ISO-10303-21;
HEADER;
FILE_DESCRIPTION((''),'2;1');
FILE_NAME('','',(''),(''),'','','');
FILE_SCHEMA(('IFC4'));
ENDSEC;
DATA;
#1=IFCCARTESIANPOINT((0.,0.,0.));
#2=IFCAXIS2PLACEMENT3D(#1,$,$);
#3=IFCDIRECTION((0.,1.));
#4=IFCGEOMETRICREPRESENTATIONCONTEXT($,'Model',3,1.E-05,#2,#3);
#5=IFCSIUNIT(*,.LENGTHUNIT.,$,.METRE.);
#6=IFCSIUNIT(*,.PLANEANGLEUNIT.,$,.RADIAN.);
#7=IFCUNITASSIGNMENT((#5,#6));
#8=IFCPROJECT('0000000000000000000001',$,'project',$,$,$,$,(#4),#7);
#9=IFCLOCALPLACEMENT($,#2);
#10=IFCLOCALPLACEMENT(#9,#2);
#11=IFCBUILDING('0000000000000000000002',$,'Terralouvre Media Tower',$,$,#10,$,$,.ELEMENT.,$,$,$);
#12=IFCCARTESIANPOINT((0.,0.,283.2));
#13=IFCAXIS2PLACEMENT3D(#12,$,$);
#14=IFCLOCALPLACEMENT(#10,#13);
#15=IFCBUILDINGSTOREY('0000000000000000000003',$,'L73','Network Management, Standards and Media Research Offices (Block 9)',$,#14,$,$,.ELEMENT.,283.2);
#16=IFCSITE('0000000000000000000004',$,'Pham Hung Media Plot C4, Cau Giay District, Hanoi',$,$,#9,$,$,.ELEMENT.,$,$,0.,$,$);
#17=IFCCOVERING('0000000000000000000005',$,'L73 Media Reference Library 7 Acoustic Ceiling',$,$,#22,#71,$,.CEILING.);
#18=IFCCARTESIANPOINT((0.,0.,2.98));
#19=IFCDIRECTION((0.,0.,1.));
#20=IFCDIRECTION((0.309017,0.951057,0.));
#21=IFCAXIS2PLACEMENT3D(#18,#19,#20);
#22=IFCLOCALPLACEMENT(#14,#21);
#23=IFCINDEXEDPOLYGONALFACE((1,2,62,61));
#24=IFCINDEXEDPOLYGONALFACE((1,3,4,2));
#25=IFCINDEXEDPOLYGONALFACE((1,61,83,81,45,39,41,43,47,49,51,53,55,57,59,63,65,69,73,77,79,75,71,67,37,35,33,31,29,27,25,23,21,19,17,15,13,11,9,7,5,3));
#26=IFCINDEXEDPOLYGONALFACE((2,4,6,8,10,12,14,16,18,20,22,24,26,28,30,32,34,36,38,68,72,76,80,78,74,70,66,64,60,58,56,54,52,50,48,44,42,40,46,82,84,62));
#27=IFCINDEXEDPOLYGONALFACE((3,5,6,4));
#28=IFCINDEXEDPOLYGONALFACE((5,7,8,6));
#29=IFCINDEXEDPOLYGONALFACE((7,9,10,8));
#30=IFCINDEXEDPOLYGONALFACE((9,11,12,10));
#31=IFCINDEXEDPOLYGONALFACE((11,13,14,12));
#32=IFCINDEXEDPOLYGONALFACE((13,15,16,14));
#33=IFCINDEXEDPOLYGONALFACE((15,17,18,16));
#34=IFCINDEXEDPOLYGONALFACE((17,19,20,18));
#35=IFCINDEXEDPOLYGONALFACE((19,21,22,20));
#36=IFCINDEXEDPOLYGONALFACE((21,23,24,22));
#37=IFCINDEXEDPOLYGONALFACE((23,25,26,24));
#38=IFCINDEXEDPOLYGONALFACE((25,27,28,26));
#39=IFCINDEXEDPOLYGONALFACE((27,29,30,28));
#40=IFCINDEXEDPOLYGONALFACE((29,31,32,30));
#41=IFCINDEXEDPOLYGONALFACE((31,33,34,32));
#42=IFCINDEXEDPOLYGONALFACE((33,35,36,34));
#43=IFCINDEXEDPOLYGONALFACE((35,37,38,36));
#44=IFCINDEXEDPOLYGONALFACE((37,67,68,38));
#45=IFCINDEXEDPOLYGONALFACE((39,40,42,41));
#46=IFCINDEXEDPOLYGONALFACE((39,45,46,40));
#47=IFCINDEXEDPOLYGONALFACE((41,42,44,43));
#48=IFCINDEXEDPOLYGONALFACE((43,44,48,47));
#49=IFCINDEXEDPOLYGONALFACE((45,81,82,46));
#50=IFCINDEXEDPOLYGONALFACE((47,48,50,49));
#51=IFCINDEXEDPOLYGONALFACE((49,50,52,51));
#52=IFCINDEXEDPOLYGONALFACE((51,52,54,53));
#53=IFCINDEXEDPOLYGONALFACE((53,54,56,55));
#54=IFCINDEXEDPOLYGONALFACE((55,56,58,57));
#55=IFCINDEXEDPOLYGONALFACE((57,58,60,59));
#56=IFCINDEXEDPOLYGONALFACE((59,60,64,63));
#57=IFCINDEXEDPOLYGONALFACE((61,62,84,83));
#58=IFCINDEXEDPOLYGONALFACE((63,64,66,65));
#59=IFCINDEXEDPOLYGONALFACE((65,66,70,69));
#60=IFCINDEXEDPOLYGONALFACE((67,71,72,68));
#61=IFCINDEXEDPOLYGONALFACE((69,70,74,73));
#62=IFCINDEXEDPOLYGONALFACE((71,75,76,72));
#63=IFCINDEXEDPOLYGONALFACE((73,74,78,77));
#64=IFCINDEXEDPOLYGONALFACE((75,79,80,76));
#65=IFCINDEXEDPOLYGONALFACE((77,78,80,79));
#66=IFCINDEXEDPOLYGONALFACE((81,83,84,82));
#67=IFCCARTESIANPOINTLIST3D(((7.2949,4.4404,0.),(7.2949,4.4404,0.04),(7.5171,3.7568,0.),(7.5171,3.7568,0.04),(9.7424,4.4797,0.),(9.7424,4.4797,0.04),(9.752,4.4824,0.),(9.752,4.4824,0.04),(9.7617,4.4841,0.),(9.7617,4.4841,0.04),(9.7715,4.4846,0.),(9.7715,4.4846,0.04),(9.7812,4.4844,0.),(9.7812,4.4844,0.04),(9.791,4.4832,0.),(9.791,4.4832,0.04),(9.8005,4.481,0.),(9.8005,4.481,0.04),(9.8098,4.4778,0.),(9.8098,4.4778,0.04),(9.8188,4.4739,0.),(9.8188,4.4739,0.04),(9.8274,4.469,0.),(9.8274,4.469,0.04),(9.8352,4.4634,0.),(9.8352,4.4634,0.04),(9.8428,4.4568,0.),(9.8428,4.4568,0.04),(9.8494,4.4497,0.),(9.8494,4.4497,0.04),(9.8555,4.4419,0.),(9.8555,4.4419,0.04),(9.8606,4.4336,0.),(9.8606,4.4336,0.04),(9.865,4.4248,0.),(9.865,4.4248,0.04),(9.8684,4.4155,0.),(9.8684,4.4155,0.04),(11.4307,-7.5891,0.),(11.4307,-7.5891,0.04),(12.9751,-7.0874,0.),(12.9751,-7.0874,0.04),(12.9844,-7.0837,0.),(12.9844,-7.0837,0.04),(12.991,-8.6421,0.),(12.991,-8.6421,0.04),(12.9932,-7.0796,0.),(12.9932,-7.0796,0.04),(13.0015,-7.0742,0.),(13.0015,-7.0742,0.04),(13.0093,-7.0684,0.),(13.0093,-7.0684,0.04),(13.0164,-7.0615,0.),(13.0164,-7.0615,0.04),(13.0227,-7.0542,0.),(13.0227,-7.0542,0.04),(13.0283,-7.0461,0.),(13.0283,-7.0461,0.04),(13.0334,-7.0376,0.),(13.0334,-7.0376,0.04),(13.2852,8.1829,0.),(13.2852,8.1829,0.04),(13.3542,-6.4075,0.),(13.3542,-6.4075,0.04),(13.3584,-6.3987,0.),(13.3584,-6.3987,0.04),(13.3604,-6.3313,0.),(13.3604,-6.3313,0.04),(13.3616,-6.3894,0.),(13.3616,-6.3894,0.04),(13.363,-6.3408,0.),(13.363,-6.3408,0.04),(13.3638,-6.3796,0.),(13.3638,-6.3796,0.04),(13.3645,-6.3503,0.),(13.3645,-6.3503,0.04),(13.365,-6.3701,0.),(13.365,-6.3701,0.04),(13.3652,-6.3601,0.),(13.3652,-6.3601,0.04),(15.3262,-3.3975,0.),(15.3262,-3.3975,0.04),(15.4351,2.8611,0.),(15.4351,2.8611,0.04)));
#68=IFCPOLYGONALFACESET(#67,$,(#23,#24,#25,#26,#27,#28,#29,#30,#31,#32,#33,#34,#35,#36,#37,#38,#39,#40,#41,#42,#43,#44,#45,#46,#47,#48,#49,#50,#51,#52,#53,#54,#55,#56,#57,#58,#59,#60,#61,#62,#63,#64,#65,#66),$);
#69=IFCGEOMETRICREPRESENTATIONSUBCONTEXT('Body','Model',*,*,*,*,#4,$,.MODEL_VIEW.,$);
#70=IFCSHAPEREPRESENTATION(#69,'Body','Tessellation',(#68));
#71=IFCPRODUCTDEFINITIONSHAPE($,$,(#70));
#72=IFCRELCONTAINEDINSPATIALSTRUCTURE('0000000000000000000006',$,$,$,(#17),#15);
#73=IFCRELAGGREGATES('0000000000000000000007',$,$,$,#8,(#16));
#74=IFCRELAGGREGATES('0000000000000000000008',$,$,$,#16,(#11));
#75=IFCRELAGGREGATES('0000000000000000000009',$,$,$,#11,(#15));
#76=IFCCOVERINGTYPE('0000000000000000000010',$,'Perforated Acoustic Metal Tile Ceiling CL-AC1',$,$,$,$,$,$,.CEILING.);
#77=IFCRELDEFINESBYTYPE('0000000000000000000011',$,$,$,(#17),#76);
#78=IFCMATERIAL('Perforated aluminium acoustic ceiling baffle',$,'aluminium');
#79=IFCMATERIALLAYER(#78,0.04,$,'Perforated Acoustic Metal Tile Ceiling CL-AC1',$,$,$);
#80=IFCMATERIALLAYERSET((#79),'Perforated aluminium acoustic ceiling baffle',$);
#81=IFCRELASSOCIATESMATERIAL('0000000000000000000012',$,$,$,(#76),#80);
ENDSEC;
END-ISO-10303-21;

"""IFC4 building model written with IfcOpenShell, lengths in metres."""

from ifc_helpers import new_model, si_unit, direction, frame, origin, place, context, subcontext, project, spatial, polyline, outline, extrude, material, layer, layer_set, type_object, element, save


model = new_model("IFC4")

# Units and contexts
model_context = context("Model", 3, precision=1e-05, world=origin(), true_north=direction((0.0, 1.0)))
body_context = subcontext(model_context, "Body", "Model", "MODEL_VIEW")
ifc_project = project(units=[si_unit("LENGTHUNIT", "METRE"), si_unit("PLANEANGLEUNIT", "RADIAN")], contexts=[model_context])

# Site, building, storey
site_placement = place(None, origin())
site = spatial("IfcSite", under=ifc_project, at=site_placement, Name="Pham Hung Media Plot C4, Cau Giay District, Hanoi", CompositionType="ELEMENT", RefElevation=0.0)
building_placement = place(site_placement, origin())
building = spatial("IfcBuilding", under=site, at=building_placement, Name="Terralouvre Media Tower", CompositionType="ELEMENT")
storey_placement = place(building_placement, frame((0.0, 0.0, 283.2)))
storey = spatial("IfcBuildingStorey", under=building, at=storey_placement, Name="L73", Description="Network Management, Standards and Media Research Offices (Block 9)", CompositionType="ELEMENT", Elevation=283.2)

# Covering
ifc_material_1 = material(Name="Perforated aluminium acoustic ceiling baffle", Category="aluminium")
ifc_layer_1 = layer(ifc_material_1, 0.04, Name="Perforated Acoustic Metal Tile Ceiling CL-AC1")
ifc_layer_set_1 = layer_set([ifc_layer_1], Name="Perforated aluminium acoustic ceiling baffle")
covering_type = type_object("IfcCoveringType", Name="Perforated Acoustic Metal Tile Ceiling CL-AC1", PredefinedType="CEILING", material=ifc_layer_set_1)
covering_1_placement = place(storey_placement, frame((0.0, 0.0, 2.98), z_axis=(0.0, 0.0, 1.0), x_axis=(0.309017, 0.951057, 0.0)))
element("IfcCovering", 1, at=covering_1_placement, inside=storey, type_object=covering_type, Name="L73 Media Reference Library 7 Acoustic Ceiling", PredefinedType="CEILING", context=body_context, shape_type="SweptSolid", body=[
    extrude(outline(polyline([(9.752, 4.4824), (9.7617, 4.4841), (9.7715, 4.4846), (9.7812, 4.4844), (9.791, 4.4832), (9.8005, 4.481), (9.8098, 4.4778), (9.8188, 4.4739), (9.8274, 4.469), (9.8352, 4.4634), (9.8428, 4.4568), (9.8494, 4.4497), (9.8555, 4.4419), (9.8606, 4.4336), (9.865, 4.4248), (9.8684, 4.4155), (13.3604, -6.3313), (13.363, -6.3408), (13.3645, -6.3503), (13.3652, -6.3601), (13.365, -6.3701), (13.3638, -6.3796), (13.3616, -6.3894), (13.3584, -6.3987), (13.3542, -6.4075), (13.0334, -7.0376), (13.0283, -7.0461), (13.0227, -7.0542), (13.0164, -7.0615), (13.0093, -7.0684), (13.0015, -7.0742), (12.9932, -7.0796), (12.9844, -7.0837), (12.9751, -7.0874), (11.4307, -7.5891), (12.991, -8.6421), (15.3262, -3.3975), (15.4351, 2.8611), (13.2852, 8.1829), (7.2949, 4.4404), (7.5171, 3.7568), (9.7424, 4.4797), (9.752, 4.4824)])), origin(), (0.0, 0.0, 1.0), 0.04),
])

save(model, "model.ifc")
